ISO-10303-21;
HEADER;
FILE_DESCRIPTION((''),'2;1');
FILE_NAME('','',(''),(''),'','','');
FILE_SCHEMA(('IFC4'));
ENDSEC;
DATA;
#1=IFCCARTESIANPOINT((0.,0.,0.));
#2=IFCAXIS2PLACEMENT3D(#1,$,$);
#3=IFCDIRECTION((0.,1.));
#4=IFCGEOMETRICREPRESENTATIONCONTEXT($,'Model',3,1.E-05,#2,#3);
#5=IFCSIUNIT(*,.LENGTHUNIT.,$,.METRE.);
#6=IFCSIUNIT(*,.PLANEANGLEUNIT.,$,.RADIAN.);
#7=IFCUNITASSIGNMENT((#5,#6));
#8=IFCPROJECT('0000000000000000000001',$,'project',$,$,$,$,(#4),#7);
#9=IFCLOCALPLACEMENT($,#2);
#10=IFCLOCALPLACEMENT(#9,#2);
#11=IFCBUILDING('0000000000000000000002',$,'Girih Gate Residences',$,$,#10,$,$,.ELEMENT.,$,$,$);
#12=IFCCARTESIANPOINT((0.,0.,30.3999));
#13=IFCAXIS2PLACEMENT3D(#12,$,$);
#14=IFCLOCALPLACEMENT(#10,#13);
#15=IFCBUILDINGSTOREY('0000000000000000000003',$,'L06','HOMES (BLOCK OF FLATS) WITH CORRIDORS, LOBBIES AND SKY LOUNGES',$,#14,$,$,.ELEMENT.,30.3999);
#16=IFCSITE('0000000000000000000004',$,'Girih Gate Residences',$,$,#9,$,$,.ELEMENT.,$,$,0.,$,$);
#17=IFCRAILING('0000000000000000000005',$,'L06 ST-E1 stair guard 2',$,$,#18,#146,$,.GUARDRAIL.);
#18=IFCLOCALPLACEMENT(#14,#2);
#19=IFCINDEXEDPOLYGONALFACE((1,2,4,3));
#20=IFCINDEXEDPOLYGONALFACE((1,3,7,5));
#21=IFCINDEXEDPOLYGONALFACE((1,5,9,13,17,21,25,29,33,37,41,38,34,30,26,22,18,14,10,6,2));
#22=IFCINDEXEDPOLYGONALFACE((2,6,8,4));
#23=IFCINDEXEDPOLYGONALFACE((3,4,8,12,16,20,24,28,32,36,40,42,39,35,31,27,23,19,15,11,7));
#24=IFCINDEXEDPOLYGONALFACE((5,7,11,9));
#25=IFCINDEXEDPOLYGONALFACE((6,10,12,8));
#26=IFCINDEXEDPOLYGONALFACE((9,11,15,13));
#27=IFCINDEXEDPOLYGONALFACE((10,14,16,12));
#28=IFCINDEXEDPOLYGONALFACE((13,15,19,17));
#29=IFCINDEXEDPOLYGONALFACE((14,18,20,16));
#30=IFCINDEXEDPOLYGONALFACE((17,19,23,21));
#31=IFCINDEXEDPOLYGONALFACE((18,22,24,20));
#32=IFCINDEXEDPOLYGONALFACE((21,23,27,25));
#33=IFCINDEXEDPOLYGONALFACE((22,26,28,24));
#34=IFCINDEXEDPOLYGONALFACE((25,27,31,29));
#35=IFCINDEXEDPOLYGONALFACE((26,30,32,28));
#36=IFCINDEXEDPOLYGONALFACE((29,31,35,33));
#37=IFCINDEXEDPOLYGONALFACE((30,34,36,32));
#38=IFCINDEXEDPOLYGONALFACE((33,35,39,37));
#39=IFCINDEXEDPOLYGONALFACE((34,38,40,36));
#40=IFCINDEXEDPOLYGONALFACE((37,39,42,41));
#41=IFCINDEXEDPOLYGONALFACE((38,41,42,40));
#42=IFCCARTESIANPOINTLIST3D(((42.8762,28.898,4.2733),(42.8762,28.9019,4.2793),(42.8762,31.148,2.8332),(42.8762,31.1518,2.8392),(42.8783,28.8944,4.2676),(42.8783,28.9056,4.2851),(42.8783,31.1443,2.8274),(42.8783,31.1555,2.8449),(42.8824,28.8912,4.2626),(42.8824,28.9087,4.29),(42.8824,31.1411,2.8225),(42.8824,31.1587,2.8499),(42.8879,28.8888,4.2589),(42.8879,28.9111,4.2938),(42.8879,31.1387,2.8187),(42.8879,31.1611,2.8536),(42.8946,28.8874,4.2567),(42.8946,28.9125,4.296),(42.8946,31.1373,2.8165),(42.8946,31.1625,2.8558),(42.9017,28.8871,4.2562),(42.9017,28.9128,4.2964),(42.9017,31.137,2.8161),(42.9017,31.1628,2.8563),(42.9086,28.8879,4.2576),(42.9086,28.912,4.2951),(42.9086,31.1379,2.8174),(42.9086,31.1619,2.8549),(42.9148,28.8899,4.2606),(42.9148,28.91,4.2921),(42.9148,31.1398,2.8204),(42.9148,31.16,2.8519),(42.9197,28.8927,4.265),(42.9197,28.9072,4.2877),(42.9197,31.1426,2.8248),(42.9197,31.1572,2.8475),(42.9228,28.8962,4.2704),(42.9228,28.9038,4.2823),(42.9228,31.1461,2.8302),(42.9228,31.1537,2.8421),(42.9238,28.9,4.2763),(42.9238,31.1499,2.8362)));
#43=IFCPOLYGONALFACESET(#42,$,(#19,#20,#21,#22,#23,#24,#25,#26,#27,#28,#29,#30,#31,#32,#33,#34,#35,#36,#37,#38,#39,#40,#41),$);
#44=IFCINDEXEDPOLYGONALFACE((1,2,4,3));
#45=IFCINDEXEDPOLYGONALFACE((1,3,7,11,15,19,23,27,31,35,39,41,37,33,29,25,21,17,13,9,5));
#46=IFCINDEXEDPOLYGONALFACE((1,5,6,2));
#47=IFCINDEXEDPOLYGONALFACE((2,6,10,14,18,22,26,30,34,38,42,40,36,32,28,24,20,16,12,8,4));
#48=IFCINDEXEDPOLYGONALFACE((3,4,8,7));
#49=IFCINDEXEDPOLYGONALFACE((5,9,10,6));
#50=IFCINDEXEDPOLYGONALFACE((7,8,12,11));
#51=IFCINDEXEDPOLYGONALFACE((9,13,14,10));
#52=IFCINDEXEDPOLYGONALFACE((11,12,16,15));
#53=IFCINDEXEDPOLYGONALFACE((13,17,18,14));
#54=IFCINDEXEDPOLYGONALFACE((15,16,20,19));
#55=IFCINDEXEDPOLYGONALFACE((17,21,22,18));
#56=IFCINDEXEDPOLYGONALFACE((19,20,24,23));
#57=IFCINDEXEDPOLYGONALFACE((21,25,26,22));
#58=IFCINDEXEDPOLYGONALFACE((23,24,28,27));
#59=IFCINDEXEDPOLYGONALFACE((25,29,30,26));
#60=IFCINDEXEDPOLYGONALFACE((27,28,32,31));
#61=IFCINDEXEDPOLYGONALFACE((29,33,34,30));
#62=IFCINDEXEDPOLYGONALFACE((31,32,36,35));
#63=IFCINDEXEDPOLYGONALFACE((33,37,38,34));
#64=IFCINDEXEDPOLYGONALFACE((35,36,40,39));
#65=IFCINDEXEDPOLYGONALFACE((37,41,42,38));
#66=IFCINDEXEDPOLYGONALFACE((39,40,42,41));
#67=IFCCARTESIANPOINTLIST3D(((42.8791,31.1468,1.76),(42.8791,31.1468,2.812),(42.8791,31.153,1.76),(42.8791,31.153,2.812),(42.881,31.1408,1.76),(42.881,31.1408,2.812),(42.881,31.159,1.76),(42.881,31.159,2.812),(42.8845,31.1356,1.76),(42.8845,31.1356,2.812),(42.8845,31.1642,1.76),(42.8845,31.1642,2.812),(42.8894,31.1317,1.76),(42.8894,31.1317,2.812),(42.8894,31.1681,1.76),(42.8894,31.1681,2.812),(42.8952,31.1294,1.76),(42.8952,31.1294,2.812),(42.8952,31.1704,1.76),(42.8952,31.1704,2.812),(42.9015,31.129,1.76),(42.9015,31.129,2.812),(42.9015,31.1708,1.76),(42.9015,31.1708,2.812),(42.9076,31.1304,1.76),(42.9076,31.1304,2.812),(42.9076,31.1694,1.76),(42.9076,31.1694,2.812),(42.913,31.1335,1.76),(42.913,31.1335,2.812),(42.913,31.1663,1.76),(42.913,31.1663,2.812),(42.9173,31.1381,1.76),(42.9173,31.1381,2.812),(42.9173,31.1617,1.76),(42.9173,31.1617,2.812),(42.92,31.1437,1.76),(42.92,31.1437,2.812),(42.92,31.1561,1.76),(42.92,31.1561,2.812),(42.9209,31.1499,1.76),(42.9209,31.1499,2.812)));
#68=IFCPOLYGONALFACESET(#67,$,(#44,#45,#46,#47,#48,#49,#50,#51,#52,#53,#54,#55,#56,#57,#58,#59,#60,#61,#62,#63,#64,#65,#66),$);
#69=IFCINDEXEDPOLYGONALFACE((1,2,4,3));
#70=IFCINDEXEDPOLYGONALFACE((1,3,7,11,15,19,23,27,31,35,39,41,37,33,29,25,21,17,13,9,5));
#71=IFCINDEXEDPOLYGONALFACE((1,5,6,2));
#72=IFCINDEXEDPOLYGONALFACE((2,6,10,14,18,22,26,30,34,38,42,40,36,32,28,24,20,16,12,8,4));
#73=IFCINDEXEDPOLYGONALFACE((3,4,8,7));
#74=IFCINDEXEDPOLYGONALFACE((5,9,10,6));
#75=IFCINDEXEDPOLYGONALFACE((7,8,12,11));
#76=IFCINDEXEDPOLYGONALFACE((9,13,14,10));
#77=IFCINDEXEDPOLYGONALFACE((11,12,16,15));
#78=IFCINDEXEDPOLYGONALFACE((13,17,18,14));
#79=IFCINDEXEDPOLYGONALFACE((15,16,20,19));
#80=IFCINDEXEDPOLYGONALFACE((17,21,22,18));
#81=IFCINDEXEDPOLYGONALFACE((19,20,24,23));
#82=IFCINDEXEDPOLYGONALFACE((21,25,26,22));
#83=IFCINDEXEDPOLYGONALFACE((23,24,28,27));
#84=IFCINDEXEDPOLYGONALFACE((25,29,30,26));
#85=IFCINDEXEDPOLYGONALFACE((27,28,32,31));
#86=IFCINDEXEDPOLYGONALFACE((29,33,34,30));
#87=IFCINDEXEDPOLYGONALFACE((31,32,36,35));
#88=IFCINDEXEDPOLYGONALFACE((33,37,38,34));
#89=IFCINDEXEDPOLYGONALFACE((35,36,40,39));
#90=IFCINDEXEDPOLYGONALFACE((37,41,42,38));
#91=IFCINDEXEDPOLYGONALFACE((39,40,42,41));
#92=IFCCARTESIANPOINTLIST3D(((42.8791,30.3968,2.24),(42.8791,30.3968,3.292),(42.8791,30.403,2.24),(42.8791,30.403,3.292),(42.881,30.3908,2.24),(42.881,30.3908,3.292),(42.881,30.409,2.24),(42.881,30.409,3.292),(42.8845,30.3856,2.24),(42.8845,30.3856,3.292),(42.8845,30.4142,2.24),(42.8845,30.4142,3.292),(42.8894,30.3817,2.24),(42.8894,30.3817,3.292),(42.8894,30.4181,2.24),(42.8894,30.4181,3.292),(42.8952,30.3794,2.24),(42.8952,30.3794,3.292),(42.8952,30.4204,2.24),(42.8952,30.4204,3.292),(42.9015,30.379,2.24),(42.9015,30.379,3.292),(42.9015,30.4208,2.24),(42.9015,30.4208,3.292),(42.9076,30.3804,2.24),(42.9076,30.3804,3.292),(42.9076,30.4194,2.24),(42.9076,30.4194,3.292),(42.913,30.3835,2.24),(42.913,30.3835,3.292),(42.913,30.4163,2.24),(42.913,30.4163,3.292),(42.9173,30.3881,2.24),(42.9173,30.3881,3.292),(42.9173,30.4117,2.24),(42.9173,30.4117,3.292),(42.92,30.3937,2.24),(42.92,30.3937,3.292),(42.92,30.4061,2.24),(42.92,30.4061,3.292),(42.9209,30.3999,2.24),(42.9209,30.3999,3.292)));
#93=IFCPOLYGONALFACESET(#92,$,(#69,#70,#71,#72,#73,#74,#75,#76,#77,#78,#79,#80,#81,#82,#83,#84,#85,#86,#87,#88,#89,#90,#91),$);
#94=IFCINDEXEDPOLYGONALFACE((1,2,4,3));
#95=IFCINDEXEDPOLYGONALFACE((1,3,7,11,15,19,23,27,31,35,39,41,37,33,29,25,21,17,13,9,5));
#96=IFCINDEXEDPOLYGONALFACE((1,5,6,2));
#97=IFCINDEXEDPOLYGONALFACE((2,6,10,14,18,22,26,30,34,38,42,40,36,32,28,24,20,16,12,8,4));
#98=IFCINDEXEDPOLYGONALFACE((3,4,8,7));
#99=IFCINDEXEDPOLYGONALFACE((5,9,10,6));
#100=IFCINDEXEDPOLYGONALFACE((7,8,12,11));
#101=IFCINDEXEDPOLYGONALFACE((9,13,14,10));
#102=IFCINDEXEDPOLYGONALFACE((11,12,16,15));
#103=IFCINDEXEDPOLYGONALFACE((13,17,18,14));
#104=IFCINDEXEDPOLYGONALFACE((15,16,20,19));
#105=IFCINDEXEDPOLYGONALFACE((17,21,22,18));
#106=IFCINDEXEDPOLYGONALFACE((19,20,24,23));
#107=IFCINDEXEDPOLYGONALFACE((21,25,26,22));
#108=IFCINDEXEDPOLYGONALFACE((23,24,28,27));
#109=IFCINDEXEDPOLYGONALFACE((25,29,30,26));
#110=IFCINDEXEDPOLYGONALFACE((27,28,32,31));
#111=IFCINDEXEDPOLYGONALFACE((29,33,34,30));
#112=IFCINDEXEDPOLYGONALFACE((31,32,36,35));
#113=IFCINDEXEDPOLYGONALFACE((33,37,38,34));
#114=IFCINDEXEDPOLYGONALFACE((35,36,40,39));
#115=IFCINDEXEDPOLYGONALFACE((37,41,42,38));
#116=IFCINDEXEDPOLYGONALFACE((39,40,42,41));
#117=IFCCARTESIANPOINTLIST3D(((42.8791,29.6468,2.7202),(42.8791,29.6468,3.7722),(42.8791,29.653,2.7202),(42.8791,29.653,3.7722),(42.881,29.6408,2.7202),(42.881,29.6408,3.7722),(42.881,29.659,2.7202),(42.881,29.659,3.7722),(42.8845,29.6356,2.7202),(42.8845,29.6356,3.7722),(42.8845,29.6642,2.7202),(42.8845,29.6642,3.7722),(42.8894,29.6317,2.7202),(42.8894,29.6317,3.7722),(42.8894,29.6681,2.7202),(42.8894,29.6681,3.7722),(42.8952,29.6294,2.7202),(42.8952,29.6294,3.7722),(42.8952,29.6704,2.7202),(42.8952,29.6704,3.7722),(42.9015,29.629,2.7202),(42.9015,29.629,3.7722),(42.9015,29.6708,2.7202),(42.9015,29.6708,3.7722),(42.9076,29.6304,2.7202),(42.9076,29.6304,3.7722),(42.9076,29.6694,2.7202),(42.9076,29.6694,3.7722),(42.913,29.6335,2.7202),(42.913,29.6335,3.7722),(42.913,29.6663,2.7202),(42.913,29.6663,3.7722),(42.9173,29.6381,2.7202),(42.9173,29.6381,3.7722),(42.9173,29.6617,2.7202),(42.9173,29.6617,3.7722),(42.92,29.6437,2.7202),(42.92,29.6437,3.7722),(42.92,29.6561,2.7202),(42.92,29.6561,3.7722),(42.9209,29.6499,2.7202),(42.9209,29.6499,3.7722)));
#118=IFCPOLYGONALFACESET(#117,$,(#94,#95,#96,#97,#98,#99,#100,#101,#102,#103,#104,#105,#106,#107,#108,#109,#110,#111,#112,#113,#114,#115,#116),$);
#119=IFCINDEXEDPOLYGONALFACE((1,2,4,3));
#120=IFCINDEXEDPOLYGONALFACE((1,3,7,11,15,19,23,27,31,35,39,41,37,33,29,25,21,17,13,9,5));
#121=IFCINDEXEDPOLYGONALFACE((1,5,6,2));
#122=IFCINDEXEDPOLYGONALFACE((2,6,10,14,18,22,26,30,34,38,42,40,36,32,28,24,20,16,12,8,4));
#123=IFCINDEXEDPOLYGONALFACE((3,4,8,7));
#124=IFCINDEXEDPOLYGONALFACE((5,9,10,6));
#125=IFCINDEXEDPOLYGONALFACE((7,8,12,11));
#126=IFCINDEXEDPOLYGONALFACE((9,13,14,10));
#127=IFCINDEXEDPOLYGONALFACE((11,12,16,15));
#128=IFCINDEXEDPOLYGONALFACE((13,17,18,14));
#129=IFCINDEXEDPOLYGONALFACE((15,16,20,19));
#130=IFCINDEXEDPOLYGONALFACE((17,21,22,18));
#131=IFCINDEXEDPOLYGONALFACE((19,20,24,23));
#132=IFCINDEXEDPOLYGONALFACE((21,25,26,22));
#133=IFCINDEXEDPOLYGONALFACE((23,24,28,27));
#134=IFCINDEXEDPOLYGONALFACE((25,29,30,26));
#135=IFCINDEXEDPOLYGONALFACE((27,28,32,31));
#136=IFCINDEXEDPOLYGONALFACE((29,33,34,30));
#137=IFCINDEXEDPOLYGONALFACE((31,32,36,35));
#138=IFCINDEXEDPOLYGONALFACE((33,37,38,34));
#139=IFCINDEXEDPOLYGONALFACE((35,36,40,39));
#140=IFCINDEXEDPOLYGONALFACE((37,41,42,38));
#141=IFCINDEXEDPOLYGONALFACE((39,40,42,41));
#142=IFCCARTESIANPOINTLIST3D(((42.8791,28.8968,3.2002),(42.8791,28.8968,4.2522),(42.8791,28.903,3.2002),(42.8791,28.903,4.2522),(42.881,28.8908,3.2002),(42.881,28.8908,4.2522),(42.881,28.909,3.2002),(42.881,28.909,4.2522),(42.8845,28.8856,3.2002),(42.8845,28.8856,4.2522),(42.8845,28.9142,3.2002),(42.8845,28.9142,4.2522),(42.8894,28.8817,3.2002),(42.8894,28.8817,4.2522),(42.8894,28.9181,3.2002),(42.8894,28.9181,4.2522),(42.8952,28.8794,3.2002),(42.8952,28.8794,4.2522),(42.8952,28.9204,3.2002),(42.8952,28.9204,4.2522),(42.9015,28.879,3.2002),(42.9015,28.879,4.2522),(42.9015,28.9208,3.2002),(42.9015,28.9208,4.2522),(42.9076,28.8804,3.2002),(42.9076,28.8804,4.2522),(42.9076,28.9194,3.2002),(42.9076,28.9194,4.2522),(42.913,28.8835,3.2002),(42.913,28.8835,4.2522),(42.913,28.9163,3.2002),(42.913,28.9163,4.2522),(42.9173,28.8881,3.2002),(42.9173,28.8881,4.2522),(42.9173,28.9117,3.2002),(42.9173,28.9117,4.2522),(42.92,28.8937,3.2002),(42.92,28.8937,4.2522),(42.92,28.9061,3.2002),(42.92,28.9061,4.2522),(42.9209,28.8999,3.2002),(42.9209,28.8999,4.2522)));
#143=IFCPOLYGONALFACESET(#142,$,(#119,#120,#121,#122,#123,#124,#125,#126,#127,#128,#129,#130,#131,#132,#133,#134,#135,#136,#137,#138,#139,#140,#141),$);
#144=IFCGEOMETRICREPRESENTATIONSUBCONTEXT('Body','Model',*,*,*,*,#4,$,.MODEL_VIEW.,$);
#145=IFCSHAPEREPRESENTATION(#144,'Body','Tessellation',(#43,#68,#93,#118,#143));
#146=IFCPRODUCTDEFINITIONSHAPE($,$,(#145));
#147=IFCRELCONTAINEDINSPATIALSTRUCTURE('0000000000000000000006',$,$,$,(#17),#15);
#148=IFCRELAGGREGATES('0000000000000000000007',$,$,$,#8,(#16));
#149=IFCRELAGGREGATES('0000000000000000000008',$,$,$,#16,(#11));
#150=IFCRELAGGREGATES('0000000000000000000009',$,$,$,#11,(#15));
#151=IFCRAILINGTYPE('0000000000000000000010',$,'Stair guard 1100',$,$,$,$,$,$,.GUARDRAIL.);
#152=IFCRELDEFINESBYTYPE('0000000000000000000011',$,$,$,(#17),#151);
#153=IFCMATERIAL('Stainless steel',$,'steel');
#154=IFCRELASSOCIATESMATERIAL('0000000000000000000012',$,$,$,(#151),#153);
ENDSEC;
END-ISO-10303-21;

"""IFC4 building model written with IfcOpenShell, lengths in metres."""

from ifc_helpers import new_model, si_unit, direction, frame, origin, origin_2d, place, context, subcontext, project, spatial, circle, extrude, material, type_object, element, save


model = new_model("IFC4")

# Units and contexts
model_context = context("Model", 3, precision=1e-05, world=origin(), true_north=direction((0.0, 1.0)))
body_context = subcontext(model_context, "Body", "Model", "MODEL_VIEW")
ifc_project = project(units=[si_unit("LENGTHUNIT", "METRE"), si_unit("PLANEANGLEUNIT", "RADIAN")], contexts=[model_context])

# Site, building, storey
site_placement = place(None, origin())
site = spatial("IfcSite", under=ifc_project, at=site_placement, Name="Girih Gate Residences", CompositionType="ELEMENT", RefElevation=0.0)
building_placement = place(site_placement, origin())
building = spatial("IfcBuilding", under=site, at=building_placement, Name="Girih Gate Residences", CompositionType="ELEMENT")
storey_placement = place(building_placement, frame((0.0, 0.0, 30.3999)))
storey = spatial("IfcBuildingStorey", under=building, at=storey_placement, Name="L06", Description="HOMES (BLOCK OF FLATS) WITH CORRIDORS, LOBBIES AND SKY LOUNGES", CompositionType="ELEMENT", Elevation=30.3999)

# Railing
ifc_material_1 = material(Name="Stainless steel", Category="steel")
railing_type_1 = type_object("IfcRailingType", Name="Stair guard 1100", PredefinedType="GUARDRAIL", material=ifc_material_1)
railing_1_placement = place(storey_placement, frame((42.8999, 31.1499, 1.76)))
element("IfcRailing", 1, at=railing_1_placement, inside=storey, type_object=railing_type_1, Name="L06 ST-E1 stair guard 2", PredefinedType="GUARDRAIL", context=body_context, shape_type="SweptSolid", body=[
    extrude(circle(Radius=0.0239, at=origin_2d()), frame((0.0, 0.0, 1.0762), z_axis=(0.0, -0.84224, 0.539103), x_axis=(1.0, 0.0, 0.0)), (0.0, 0.0, 1.0), 2.6714),
    extrude(circle(Radius=0.021, at=origin_2d()), origin(), (0.0, 0.0, 1.0), 1.052),
    extrude(circle(Radius=0.021, at=origin_2d()), frame((0.0, -0.75, 0.48)), (0.0, 0.0, 1.0), 1.052),
    extrude(circle(Radius=0.021, at=origin_2d()), frame((0.0, -1.5, 0.9602)), (0.0, 0.0, 1.0), 1.052),
    extrude(circle(Radius=0.021, at=origin_2d()), frame((0.0, -2.25, 1.4402)), (0.0, 0.0, 1.0), 1.052),
])

save(model, "model.ifc")
